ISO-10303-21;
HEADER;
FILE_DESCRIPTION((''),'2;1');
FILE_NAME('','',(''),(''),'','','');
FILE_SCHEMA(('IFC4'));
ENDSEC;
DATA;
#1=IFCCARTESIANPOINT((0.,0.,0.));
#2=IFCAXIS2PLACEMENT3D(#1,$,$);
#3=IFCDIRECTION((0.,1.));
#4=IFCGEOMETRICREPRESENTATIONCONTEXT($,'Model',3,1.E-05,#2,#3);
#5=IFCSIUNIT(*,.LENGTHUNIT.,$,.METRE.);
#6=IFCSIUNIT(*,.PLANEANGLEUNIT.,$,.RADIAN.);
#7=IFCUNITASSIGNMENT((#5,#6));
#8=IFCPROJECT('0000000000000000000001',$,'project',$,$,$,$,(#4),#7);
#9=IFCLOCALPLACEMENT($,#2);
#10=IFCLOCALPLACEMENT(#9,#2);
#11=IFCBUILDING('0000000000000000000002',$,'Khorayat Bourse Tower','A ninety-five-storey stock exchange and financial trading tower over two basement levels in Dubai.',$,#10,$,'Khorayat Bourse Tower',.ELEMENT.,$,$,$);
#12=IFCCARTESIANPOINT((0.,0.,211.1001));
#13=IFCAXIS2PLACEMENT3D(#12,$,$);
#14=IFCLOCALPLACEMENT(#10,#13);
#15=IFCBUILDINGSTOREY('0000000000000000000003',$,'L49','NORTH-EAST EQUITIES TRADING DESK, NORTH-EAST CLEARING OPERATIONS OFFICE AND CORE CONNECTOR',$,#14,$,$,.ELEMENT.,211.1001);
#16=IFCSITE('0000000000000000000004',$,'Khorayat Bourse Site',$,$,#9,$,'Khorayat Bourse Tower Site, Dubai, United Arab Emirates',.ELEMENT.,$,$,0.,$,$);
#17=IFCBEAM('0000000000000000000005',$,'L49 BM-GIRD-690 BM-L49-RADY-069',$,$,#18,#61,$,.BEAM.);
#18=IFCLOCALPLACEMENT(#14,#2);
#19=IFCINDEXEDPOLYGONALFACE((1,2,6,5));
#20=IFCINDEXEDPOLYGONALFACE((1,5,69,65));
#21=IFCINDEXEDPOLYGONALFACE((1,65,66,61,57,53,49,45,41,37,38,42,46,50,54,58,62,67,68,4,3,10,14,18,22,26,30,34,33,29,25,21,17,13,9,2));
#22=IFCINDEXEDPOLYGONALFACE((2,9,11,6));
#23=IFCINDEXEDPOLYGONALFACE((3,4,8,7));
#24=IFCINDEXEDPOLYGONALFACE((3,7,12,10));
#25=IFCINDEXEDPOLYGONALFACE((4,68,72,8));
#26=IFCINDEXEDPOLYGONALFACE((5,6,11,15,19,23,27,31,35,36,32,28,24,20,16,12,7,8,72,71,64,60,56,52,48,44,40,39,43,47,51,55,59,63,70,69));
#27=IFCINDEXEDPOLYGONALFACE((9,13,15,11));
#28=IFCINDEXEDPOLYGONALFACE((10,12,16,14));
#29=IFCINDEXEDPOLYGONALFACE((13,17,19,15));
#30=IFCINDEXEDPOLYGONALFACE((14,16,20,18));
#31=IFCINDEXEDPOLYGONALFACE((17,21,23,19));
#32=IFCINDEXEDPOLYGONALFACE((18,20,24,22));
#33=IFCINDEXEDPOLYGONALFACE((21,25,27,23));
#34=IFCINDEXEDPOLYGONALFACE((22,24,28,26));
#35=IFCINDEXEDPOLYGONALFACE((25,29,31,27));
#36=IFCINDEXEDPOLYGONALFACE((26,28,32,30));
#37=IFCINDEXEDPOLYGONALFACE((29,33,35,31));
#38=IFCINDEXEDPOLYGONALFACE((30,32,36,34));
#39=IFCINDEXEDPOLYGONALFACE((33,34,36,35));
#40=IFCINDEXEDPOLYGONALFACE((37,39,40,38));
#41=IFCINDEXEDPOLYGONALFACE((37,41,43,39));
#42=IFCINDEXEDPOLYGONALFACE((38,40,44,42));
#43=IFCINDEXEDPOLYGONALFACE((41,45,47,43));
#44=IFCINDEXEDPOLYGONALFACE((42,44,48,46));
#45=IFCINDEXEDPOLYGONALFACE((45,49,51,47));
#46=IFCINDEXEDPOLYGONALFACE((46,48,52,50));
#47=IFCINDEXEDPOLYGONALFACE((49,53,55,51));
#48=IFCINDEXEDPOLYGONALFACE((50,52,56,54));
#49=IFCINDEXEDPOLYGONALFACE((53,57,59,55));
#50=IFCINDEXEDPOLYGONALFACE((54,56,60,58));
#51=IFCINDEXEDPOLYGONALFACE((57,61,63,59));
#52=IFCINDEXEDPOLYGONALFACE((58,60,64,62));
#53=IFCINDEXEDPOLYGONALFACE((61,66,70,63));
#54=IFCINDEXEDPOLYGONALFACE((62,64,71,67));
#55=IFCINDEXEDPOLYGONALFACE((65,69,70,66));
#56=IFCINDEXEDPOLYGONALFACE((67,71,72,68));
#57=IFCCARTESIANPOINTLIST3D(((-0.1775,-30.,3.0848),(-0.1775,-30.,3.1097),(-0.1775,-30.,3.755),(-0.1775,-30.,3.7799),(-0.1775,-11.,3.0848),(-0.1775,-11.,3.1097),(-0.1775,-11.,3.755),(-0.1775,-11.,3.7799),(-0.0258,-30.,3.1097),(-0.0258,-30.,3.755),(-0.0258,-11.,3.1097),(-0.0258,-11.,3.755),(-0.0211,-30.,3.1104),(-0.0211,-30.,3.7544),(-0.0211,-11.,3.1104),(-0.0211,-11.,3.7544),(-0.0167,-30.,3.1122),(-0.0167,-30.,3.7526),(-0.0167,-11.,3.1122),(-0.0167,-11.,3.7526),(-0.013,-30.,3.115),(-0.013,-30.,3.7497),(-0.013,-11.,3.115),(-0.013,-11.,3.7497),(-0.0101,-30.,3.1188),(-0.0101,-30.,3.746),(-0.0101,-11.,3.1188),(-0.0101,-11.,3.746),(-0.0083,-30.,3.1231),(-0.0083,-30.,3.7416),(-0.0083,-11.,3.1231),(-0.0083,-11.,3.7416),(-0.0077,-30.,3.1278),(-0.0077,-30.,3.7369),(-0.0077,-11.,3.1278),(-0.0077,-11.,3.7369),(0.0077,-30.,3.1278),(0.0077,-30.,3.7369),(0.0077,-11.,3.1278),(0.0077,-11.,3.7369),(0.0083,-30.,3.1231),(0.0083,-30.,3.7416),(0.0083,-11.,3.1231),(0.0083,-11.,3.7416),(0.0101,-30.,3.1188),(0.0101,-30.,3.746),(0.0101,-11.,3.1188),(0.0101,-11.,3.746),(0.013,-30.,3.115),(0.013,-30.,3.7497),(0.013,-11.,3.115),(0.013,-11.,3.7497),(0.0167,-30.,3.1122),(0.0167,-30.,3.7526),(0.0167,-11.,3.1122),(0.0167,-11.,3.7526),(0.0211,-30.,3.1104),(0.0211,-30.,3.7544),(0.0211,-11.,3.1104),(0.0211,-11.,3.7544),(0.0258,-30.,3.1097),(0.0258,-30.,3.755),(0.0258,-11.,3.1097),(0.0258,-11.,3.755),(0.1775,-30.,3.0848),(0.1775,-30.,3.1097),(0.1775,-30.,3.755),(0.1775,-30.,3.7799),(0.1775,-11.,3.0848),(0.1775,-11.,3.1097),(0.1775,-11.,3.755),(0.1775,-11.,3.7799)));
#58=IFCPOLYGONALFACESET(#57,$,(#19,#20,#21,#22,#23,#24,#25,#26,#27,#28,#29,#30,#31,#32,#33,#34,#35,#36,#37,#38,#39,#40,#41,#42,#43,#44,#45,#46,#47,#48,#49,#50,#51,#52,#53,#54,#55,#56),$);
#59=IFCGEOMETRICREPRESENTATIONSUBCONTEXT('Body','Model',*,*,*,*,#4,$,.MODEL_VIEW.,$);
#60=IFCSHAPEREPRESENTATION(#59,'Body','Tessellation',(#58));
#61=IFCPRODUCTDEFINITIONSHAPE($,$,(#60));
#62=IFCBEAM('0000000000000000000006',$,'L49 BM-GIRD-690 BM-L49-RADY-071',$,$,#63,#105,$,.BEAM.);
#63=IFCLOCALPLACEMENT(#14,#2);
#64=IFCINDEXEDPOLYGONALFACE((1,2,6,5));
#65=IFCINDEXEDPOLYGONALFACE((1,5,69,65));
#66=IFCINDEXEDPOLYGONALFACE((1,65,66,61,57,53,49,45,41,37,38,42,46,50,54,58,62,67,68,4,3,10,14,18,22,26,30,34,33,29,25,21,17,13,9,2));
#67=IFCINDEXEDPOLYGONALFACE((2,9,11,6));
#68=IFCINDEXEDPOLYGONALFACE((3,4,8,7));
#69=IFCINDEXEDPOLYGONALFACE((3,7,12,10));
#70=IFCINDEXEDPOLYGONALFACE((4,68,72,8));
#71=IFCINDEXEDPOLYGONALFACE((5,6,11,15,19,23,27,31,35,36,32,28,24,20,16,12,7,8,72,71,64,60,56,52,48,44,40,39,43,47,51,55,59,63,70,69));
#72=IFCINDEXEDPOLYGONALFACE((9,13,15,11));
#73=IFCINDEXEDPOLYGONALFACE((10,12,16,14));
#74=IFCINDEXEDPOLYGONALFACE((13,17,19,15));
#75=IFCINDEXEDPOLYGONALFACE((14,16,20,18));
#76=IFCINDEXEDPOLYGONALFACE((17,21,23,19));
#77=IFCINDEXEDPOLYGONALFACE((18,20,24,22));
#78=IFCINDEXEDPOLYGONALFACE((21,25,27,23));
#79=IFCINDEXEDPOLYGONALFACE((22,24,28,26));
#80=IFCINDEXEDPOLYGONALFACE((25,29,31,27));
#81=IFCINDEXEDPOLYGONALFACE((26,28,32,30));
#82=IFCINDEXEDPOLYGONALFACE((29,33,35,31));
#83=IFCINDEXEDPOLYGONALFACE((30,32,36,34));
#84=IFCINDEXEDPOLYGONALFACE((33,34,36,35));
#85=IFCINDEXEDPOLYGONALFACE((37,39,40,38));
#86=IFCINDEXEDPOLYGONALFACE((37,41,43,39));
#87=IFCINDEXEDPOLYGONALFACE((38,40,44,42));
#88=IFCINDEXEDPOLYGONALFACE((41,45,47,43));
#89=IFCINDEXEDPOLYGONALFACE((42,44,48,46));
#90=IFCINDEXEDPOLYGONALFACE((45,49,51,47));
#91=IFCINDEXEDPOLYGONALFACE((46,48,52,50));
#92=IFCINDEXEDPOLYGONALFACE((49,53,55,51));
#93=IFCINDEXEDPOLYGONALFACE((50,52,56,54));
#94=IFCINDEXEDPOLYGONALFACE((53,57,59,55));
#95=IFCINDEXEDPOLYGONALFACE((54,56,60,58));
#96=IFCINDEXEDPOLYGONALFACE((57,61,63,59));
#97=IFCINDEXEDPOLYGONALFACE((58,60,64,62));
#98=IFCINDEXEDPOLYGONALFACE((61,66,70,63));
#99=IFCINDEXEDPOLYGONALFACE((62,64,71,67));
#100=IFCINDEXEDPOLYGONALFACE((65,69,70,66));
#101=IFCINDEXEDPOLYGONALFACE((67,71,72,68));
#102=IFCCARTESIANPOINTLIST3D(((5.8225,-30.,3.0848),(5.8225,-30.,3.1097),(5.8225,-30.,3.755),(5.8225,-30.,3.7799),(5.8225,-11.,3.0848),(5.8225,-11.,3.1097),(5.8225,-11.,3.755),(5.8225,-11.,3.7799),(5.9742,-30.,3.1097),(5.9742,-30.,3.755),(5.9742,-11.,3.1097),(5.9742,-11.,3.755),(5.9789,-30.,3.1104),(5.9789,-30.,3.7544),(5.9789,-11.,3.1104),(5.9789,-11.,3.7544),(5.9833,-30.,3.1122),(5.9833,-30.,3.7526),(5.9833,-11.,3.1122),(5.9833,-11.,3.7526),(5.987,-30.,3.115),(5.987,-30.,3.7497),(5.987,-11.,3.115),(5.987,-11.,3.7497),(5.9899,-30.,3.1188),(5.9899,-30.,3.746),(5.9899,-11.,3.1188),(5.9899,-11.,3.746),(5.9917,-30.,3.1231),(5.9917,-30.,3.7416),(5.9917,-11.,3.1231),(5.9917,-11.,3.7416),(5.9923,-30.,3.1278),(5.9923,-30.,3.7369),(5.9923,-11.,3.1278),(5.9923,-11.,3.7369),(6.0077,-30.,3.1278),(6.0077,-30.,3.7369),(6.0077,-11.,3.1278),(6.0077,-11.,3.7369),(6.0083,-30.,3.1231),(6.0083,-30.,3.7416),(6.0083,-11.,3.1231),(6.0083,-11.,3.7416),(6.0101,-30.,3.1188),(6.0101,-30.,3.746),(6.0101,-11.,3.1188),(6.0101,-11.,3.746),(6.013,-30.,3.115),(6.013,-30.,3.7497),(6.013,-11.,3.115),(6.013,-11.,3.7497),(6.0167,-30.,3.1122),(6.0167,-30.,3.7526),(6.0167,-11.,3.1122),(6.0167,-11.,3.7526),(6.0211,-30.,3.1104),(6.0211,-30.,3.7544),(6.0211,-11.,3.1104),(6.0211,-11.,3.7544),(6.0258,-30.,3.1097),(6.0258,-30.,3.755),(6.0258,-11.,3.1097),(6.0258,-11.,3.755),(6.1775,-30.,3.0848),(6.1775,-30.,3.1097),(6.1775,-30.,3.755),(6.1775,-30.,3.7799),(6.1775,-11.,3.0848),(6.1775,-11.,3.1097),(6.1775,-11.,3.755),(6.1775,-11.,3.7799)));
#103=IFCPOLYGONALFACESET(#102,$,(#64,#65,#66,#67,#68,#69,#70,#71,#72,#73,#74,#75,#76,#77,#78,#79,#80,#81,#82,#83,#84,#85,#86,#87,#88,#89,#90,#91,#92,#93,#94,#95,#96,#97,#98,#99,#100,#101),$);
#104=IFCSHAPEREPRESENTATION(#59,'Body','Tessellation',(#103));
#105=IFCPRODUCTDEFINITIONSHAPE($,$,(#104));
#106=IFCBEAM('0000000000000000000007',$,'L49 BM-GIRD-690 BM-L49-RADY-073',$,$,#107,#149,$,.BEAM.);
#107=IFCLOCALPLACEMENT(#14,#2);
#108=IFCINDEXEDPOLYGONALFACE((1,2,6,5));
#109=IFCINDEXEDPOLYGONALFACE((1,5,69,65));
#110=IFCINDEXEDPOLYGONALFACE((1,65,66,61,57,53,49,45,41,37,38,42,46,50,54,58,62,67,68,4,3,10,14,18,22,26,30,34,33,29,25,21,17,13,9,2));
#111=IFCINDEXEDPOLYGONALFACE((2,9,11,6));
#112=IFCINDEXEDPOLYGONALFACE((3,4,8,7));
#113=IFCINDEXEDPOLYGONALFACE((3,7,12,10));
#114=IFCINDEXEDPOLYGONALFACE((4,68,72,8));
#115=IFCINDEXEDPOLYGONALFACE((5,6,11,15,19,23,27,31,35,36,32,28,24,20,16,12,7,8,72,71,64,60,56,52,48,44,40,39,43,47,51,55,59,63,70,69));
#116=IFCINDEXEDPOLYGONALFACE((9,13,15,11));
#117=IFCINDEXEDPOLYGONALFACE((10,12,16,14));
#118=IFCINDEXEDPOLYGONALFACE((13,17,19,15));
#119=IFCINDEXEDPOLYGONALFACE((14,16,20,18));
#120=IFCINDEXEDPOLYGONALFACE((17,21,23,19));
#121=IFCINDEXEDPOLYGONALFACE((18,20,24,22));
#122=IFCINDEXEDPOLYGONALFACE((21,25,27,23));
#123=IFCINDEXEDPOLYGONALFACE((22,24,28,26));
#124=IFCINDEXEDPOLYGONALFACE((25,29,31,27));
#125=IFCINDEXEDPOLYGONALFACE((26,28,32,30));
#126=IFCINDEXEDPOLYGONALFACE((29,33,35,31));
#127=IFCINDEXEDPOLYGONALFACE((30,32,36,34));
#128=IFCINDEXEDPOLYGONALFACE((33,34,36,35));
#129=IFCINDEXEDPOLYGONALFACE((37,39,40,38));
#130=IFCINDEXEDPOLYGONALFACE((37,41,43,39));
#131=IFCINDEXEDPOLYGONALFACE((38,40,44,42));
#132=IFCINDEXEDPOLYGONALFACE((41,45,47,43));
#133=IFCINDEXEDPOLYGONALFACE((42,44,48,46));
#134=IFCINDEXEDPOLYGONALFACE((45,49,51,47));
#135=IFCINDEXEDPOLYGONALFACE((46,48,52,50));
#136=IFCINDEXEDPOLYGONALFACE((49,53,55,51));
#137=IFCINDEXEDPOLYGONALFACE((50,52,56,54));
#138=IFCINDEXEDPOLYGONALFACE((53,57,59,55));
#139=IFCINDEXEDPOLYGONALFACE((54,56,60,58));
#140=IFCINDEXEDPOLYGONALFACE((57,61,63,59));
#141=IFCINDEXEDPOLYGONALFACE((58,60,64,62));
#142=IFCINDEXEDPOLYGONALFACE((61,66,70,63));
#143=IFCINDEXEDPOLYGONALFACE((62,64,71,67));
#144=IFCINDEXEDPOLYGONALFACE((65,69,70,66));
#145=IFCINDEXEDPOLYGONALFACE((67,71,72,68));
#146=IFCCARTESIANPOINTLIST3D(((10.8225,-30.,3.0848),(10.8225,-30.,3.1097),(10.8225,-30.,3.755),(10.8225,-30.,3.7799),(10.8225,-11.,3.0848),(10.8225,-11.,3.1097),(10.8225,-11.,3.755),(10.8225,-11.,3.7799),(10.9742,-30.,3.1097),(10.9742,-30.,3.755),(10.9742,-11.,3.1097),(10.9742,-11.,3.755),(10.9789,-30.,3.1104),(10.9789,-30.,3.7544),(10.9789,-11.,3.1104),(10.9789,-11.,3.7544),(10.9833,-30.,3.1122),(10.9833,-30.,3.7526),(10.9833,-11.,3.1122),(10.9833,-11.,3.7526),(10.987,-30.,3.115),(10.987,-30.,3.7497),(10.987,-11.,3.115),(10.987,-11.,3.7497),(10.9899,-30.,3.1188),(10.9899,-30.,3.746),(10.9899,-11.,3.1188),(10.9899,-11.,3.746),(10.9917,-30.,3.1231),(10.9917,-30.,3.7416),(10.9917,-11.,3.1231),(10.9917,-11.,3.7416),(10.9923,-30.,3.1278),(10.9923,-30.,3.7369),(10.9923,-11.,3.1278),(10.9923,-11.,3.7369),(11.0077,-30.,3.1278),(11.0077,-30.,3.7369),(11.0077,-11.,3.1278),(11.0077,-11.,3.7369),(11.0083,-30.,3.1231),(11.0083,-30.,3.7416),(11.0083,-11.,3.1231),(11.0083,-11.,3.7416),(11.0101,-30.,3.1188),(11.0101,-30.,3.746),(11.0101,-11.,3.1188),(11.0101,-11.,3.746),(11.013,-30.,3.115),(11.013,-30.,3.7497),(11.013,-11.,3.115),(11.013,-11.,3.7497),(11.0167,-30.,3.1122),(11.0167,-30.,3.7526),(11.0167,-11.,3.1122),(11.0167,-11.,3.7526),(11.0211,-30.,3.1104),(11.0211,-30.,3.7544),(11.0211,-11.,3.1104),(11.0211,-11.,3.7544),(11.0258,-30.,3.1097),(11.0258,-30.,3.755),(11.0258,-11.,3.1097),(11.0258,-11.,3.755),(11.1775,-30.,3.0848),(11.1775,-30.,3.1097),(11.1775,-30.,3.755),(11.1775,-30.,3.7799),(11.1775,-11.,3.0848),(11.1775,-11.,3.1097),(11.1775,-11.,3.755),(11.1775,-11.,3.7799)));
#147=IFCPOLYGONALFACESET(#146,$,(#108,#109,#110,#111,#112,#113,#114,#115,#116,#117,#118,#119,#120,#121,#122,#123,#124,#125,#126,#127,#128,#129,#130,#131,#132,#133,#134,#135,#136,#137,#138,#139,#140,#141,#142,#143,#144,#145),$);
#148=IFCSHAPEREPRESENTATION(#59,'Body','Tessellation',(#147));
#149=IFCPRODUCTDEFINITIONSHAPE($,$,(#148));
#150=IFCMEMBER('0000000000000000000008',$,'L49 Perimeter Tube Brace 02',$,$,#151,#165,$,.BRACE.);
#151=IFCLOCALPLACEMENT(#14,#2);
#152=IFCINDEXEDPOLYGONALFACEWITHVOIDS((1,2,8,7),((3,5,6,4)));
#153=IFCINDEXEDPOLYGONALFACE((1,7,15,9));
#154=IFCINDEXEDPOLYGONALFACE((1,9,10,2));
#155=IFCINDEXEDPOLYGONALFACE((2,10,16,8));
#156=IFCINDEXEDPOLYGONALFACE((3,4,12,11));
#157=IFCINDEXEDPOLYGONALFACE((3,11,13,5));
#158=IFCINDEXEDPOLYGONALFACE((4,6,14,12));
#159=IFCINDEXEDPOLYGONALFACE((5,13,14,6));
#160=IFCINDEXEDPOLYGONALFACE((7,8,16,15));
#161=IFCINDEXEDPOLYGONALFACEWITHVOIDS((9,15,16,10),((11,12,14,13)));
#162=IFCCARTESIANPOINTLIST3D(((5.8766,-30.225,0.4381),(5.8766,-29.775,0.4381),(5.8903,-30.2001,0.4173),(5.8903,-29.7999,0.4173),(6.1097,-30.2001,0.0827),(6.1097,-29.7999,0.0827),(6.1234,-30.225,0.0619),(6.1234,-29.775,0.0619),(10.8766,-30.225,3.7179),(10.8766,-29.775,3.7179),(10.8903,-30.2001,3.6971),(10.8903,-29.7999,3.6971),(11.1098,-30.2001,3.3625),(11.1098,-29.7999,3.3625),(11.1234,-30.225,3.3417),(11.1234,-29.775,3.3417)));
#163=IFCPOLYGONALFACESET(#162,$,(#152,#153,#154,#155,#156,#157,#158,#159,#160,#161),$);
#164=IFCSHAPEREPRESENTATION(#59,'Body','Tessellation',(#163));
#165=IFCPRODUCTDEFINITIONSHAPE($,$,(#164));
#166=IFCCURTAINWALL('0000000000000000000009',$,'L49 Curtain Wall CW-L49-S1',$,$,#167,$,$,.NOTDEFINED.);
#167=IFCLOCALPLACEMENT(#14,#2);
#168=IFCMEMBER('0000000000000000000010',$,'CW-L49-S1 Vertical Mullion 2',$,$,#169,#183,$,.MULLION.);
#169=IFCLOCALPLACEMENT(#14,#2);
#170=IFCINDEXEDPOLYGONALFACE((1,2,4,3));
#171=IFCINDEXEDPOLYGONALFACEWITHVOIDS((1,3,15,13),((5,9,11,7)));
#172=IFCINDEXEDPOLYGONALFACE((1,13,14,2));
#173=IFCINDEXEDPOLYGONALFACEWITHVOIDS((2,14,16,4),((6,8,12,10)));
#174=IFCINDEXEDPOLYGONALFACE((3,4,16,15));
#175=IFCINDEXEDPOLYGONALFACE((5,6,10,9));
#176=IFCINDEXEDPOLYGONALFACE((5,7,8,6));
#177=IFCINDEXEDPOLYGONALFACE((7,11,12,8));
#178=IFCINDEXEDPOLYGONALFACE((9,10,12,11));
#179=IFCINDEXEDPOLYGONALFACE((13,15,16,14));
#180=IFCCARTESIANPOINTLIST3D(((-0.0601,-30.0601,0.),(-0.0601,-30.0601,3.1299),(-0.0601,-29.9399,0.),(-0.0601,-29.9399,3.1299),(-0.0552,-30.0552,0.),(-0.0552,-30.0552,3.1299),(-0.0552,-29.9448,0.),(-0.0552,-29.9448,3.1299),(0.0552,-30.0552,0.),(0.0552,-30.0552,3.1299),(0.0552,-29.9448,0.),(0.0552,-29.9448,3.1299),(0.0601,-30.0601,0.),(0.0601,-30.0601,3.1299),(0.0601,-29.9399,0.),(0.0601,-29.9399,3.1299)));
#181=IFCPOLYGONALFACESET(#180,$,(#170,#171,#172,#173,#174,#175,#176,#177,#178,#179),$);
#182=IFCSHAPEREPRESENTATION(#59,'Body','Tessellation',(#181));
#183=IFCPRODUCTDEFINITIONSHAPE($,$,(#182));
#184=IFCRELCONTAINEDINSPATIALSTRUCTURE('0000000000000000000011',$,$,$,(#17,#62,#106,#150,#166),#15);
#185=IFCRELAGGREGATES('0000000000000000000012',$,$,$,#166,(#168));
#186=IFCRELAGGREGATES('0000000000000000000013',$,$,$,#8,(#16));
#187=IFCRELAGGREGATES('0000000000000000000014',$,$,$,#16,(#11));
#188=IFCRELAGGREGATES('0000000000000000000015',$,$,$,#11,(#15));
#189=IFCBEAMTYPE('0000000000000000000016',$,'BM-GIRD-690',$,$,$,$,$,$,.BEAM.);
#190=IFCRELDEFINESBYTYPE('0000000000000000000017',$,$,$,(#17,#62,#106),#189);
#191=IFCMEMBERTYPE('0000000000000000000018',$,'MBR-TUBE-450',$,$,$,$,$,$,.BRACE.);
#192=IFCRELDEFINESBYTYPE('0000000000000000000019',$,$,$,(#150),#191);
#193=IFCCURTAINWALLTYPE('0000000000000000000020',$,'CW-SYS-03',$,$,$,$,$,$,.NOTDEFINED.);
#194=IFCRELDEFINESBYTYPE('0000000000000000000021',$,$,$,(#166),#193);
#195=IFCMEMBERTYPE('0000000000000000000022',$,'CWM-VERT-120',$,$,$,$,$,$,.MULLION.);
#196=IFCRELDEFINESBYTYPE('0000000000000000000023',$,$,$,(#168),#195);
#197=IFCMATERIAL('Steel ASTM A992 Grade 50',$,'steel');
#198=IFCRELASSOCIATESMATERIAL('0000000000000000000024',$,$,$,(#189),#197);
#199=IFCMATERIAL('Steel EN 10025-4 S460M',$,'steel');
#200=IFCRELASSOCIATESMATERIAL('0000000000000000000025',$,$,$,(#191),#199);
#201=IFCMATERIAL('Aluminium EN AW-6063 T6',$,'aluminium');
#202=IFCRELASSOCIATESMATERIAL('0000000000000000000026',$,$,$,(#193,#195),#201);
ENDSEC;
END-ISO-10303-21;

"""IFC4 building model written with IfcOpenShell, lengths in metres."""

from ifc_helpers import new_model, si_unit, direction, frame, origin, origin_2d, place, context, subcontext, project, spatial, hollow_rectangle, i_section, extrude, source, transform, mapped, material, material_profile, profile_set, type_object, element, aggregate, save


model = new_model("IFC4")

# Units and contexts
model_context = context("Model", 3, precision=1e-05, world=origin(), true_north=direction((0.0, 1.0)))
body_context = subcontext(model_context, "Body", "Model", "MODEL_VIEW")
ifc_project = project(units=[si_unit("LENGTHUNIT", "METRE"), si_unit("PLANEANGLEUNIT", "RADIAN")], contexts=[model_context])

# Site, building, storey
site_placement = place(None, origin())
site = spatial("IfcSite", under=ifc_project, at=site_placement, Name="Khorayat Bourse Site", LongName="Khorayat Bourse Tower Site, Dubai, United Arab Emirates", CompositionType="ELEMENT", RefElevation=0.0)
building_placement = place(site_placement, origin())
building = spatial("IfcBuilding", under=site, at=building_placement, Name="Khorayat Bourse Tower", Description="A ninety-five-storey stock exchange and financial trading tower over two basement levels in Dubai.", LongName="Khorayat Bourse Tower", CompositionType="ELEMENT")
storey_placement = place(building_placement, frame((0.0, 0.0, 211.1001)))
storey = spatial("IfcBuildingStorey", under=building, at=storey_placement, Name="L49", Description="NORTH-EAST EQUITIES TRADING DESK, NORTH-EAST CLEARING OPERATIONS OFFICE AND CORE CONNECTOR", CompositionType="ELEMENT", Elevation=211.1001)

# Shared definitions
ifc_material_1 = material(Name="Steel EN 10025-4 S460M", Category="steel")

# Beams
ifc_material_2 = material(Name="Steel ASTM A992 Grade 50", Category="steel")
ifc_material_profile_1 = material_profile(ifc_material_2, i_section(OverallWidth=0.355, OverallDepth=0.6951, WebThickness=0.0154, FlangeThickness=0.0249, FilletRadius=0.0181, at=origin_2d()), Name="W690X217")
ifc_profile_set_1 = profile_set([ifc_material_profile_1], Name="Steel ASTM A992 Grade 50")
beam_type_1 = type_object("IfcBeamType", Name="BM-GIRD-690", PredefinedType="BEAM", material=ifc_profile_set_1)
shared_shape_1 = source(origin(), body_context, "Body", "SweptSolid", [
    extrude(i_section(OverallWidth=0.355, OverallDepth=0.6951, WebThickness=0.0154, FlangeThickness=0.0249, FilletRadius=0.0181, at=origin_2d()), origin(), (0.0, 0.0, 1.0), 19.0),
])
for number, where, z_axis, x_axis, name in (
    (1, (0.0, -30.0, 3.4324), (0.0, 1.0, 0.0), (-1.0, 0.0, 0.0), "L49 BM-GIRD-690 BM-L49-RADY-069"),
    (2, (6.0, -30.0, 3.4324), (0.0, 1.0, 0.0), (-1.0, 0.0, 0.0), "L49 BM-GIRD-690 BM-L49-RADY-071"),
    (3, (11.0, -30.0, 3.4324), (0.0, 1.0, 0.0), (-1.0, 0.0, 0.0), "L49 BM-GIRD-690 BM-L49-RADY-073"),
):
    element("IfcBeam", number, at=place(storey_placement, frame(where, z_axis=z_axis, x_axis=x_axis)), inside=storey, type_object=beam_type_1, Name=name, PredefinedType="BEAM", context=body_context, shape_type="MappedRepresentation", body=[
        mapped(shared_shape_1, transform((0.0, 0.0, 0.0), scale=1.0)),
    ])

# Member
ifc_material_profile_2 = material_profile(ifc_material_1, hollow_rectangle(XDim=0.45, YDim=0.45, WallThickness=0.0249, at=origin_2d()), Name="HSS 450x450x25")
ifc_profile_set_2 = profile_set([ifc_material_profile_2], Name="Steel EN 10025-4 S460M")
member_type_1 = type_object("IfcMemberType", Name="MBR-TUBE-450", PredefinedType="BRACE", material=ifc_profile_set_2)
shared_shape_2 = source(origin(), body_context, "Body", "SweptSolid", [
    extrude(hollow_rectangle(XDim=0.45, YDim=0.45, WallThickness=0.0249, at=origin_2d()), origin(), (0.0, 0.0, 1.0), 5.9797),
])
member_1_placement = place(storey_placement, frame((6.0, -30.0, 0.25), z_axis=(0.83616, 0.0, 0.548485), x_axis=(0.0, 1.0, 0.0)))
element("IfcMember", 4, at=member_1_placement, inside=storey, type_object=member_type_1, Name="L49 Perimeter Tube Brace 02", PredefinedType="BRACE", context=body_context, shape_type="MappedRepresentation", body=[
    mapped(shared_shape_2, transform((0.0, 0.0, 0.0), scale=1.0)),
])

# Curtain wall, member
ifc_material_3 = material(Name="Aluminium EN AW-6063 T6", Category="aluminium")
curtain_wall_type = type_object("IfcCurtainWallType", Name="CW-SYS-03", PredefinedType="NOTDEFINED", material=ifc_material_3)
curtain_wall_placement = place(storey_placement, origin())
curtain_wall = element("IfcCurtainWall", 5, at=curtain_wall_placement, inside=storey, type_object=curtain_wall_type, Name="L49 Curtain Wall CW-L49-S1", PredefinedType="NOTDEFINED")
ifc_material_profile_3 = material_profile(ifc_material_3, hollow_rectangle(XDim=0.1201, YDim=0.1201, WallThickness=0.0049, at=origin_2d()), Name="ALU 120x120x5")
ifc_profile_set_3 = profile_set([ifc_material_profile_3], Name="Aluminium EN AW-6063 T6")
member_type_2 = type_object("IfcMemberType", Name="CWM-VERT-120", PredefinedType="MULLION", material=ifc_profile_set_3)
shared_shape_3 = source(origin(), body_context, "Body", "SweptSolid", [
    extrude(hollow_rectangle(XDim=0.1201, YDim=0.1201, WallThickness=0.0049, at=origin_2d()), origin(), (0.0, 0.0, 1.0), 3.1299),
])
member_2_placement = place(storey_placement, frame((0.0, -30.0, 0.0), z_axis=(0.0, 0.0, 1.0), x_axis=(0.0, 1.0, 0.0)))
member_2 = element("IfcMember", 6, at=member_2_placement, type_object=member_type_2, Name="CW-L49-S1 Vertical Mullion 2", PredefinedType="MULLION", context=body_context, shape_type="MappedRepresentation", body=[
    mapped(shared_shape_3, transform((0.0, 0.0, 0.0), scale=1.0)),
])
aggregate(curtain_wall, [member_2])

save(model, "model.ifc")
